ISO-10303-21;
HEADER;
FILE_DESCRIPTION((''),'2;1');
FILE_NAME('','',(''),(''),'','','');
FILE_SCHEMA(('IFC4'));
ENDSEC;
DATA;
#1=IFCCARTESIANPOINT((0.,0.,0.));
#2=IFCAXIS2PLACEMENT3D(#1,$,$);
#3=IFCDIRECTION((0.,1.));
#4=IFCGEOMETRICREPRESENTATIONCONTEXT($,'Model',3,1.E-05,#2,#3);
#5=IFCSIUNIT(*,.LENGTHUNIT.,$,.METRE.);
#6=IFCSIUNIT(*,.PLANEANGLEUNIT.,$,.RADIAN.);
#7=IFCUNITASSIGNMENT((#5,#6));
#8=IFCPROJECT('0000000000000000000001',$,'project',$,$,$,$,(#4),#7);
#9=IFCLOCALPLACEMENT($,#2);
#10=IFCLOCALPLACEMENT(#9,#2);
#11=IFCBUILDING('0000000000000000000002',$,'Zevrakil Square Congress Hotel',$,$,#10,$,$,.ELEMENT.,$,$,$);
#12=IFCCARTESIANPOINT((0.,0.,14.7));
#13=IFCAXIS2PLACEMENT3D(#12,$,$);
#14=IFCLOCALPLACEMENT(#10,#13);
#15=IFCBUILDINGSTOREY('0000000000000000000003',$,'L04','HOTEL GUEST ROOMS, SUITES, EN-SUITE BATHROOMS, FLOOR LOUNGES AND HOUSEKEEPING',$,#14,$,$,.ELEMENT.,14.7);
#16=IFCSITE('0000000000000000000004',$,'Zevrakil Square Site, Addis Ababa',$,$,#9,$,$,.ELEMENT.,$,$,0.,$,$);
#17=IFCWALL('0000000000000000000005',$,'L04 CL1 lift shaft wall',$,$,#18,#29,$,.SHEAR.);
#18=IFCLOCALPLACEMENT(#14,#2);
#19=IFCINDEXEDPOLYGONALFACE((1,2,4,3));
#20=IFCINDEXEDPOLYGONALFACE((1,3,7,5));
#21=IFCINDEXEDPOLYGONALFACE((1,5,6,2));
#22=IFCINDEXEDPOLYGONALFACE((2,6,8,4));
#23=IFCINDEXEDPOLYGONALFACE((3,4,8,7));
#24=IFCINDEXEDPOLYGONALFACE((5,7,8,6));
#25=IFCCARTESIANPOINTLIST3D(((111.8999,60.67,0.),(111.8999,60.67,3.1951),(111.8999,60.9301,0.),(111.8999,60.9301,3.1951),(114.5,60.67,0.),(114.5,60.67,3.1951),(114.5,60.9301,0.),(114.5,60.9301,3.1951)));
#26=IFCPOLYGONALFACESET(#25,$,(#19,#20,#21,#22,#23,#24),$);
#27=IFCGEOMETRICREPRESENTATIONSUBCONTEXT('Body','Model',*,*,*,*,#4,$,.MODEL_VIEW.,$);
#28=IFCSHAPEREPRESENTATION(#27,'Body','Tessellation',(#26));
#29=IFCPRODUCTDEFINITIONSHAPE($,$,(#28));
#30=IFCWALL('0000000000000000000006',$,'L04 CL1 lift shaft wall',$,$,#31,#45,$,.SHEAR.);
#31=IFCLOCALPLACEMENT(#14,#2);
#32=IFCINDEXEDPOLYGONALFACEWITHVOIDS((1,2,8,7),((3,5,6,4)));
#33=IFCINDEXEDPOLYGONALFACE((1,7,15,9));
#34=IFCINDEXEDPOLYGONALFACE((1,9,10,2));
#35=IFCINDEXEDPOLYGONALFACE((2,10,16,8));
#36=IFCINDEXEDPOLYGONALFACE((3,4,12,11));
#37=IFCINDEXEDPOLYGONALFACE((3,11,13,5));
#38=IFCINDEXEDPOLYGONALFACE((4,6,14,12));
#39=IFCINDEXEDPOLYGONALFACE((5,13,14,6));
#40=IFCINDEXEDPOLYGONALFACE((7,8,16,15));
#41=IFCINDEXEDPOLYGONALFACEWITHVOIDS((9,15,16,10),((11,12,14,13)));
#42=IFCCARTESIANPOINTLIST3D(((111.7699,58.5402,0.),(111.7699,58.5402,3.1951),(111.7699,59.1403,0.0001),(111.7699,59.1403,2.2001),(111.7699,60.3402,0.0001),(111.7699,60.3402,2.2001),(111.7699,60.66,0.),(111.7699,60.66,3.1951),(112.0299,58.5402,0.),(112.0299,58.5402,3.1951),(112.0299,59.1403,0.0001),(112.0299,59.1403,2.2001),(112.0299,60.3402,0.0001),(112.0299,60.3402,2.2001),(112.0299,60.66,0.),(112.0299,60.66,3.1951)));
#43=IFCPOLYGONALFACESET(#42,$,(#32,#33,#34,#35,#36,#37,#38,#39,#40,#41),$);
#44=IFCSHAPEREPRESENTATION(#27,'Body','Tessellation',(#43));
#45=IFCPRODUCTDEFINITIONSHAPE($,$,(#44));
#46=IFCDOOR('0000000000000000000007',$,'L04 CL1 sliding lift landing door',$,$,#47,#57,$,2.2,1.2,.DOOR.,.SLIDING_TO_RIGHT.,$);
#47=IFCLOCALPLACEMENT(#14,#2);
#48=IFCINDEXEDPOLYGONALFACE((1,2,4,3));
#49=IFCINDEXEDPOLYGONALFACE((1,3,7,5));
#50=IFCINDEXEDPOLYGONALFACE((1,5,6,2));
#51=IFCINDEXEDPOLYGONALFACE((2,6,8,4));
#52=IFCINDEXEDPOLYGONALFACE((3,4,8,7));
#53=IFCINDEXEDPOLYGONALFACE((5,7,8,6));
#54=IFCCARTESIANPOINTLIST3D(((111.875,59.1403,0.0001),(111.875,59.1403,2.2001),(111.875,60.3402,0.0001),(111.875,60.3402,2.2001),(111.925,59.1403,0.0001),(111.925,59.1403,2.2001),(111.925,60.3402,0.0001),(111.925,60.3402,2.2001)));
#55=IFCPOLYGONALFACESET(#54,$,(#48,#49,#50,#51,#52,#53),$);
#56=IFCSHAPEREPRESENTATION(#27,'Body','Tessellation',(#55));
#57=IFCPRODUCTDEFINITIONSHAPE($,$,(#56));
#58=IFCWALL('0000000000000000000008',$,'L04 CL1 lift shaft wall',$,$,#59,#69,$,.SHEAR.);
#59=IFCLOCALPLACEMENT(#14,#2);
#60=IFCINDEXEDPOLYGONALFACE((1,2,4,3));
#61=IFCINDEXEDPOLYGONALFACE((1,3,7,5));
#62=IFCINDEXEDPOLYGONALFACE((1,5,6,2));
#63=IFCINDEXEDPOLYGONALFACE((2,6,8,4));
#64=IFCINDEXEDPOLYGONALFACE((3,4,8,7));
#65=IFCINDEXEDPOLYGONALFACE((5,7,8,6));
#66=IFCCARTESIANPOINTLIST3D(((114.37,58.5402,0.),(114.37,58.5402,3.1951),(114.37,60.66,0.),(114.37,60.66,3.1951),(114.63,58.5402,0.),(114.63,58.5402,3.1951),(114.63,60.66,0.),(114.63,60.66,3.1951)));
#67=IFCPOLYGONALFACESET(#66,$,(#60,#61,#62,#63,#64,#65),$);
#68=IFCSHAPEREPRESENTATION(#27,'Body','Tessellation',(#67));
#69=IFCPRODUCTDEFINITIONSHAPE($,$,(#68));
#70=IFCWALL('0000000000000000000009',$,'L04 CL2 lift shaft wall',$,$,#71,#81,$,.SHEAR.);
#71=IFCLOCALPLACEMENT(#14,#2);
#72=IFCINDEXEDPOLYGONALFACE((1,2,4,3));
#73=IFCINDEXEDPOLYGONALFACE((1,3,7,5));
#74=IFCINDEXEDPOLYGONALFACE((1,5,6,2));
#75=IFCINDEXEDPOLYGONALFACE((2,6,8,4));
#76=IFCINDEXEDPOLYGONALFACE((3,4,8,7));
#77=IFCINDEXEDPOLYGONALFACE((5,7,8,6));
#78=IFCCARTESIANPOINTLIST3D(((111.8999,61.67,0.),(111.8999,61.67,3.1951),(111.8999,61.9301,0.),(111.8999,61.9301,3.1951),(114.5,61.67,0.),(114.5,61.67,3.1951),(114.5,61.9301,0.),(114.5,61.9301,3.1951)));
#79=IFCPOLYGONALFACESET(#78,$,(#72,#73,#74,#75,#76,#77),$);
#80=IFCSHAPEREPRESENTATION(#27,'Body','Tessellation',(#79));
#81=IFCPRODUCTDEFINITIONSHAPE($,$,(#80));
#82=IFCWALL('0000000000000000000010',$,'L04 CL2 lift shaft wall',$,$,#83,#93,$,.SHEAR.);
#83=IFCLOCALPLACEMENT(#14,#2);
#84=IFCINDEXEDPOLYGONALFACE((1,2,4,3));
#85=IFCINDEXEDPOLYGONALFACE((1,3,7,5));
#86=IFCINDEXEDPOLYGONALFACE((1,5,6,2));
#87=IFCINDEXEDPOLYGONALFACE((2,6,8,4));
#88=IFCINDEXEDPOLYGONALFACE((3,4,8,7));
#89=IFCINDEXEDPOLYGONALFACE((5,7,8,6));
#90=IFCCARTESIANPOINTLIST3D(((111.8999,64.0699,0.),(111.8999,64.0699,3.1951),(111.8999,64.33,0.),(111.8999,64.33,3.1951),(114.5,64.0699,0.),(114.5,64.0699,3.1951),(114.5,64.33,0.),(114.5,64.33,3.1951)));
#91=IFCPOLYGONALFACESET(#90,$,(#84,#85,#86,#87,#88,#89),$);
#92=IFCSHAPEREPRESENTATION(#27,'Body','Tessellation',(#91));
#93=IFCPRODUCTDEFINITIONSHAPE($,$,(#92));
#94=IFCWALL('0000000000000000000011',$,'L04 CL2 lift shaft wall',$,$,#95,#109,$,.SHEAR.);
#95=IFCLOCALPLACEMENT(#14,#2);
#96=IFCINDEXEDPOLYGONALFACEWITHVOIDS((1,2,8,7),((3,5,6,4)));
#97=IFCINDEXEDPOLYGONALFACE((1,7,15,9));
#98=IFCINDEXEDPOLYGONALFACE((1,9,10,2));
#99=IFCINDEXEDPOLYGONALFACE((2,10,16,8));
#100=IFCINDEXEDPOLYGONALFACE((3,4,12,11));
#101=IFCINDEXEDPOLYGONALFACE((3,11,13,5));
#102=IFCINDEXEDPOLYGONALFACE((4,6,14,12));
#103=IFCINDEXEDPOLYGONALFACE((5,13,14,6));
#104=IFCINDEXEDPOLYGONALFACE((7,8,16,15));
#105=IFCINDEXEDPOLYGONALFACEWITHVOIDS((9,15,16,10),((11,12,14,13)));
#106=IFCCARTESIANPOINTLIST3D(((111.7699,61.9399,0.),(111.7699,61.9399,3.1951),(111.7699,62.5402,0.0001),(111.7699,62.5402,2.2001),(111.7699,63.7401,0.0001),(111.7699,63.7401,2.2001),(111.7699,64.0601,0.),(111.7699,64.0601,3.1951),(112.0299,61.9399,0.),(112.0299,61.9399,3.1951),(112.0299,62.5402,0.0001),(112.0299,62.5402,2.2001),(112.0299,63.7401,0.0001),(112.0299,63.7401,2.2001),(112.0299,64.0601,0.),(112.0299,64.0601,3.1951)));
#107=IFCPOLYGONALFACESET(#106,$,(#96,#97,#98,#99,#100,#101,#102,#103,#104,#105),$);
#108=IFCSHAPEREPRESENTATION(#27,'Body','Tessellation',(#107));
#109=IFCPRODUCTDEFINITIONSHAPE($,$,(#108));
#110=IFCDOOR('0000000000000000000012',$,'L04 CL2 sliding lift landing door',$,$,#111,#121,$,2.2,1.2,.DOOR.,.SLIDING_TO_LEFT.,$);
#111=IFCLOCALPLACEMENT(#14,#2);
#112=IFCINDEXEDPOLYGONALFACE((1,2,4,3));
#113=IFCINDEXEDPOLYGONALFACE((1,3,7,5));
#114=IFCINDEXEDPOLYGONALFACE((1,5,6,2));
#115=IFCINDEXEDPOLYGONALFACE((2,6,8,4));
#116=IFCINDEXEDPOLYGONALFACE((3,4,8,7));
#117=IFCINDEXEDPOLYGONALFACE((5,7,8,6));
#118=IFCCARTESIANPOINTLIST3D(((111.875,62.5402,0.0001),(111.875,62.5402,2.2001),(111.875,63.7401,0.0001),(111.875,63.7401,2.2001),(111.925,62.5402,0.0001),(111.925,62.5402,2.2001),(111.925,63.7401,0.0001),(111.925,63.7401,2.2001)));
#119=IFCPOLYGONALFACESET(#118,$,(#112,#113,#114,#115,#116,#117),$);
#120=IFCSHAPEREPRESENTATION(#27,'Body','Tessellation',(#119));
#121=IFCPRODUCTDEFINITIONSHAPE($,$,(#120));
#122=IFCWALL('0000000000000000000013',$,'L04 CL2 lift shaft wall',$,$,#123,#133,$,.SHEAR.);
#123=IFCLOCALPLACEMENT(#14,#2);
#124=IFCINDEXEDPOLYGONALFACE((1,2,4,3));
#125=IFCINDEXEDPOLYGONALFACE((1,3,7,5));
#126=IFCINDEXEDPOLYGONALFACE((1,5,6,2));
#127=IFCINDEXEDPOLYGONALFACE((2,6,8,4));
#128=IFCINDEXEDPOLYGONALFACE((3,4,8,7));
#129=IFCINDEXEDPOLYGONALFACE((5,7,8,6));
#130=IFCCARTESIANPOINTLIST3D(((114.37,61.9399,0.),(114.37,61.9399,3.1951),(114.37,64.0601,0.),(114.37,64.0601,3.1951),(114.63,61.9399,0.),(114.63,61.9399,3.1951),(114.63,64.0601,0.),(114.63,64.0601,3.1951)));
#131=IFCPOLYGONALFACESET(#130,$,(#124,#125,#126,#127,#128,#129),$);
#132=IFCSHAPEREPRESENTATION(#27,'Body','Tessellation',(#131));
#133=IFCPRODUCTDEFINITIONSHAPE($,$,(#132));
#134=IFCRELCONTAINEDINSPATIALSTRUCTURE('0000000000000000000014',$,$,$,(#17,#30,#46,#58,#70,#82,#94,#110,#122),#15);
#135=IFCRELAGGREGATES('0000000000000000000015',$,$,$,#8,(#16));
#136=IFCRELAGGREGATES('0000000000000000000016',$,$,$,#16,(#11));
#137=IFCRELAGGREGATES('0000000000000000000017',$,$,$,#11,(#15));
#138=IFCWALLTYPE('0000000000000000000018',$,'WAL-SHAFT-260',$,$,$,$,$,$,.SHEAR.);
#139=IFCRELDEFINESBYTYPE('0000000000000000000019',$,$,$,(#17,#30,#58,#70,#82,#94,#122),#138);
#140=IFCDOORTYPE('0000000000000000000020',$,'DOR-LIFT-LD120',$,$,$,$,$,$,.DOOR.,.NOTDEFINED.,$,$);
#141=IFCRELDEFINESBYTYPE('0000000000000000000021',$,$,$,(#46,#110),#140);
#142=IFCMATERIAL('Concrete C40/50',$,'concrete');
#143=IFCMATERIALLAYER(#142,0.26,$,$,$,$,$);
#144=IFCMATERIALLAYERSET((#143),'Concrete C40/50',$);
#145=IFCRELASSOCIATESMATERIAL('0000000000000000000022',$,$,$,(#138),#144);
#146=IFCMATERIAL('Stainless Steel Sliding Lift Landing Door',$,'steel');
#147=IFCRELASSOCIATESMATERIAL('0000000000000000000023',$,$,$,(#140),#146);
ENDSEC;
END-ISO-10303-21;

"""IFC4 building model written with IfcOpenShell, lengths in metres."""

from ifc_helpers import new_model, si_unit, direction, frame, frame_2d, origin, place, context, subcontext, project, spatial, rectangle, extrude, material, layer, layer_set, type_object, element, fill, save


model = new_model("IFC4")

# Units and contexts
model_context = context("Model", 3, precision=1e-05, world=origin(), true_north=direction((0.0, 1.0)))
body_context = subcontext(model_context, "Body", "Model", "MODEL_VIEW")
ifc_project = project(units=[si_unit("LENGTHUNIT", "METRE"), si_unit("PLANEANGLEUNIT", "RADIAN")], contexts=[model_context])

# Site, building, storey
site_placement = place(None, origin())
site = spatial("IfcSite", under=ifc_project, at=site_placement, Name="Zevrakil Square Site, Addis Ababa", CompositionType="ELEMENT", RefElevation=0.0)
building_placement = place(site_placement, origin())
building = spatial("IfcBuilding", under=site, at=building_placement, Name="Zevrakil Square Congress Hotel", CompositionType="ELEMENT")
storey_placement = place(building_placement, frame((0.0, 0.0, 14.7)))
storey = spatial("IfcBuildingStorey", under=building, at=storey_placement, Name="L04", Description="HOTEL GUEST ROOMS, SUITES, EN-SUITE BATHROOMS, FLOOR LOUNGES AND HOUSEKEEPING", CompositionType="ELEMENT", Elevation=14.7)

# Wall
ifc_material_1 = material(Name="Concrete C40/50", Category="concrete")
ifc_layer_1 = layer(ifc_material_1, 0.26)
ifc_layer_set_1 = layer_set([ifc_layer_1], Name="Concrete C40/50")
wall_type_1 = type_object("IfcWallType", Name="WAL-SHAFT-260", PredefinedType="SHEAR", material=ifc_layer_set_1)
for number, where, z_axis, x_axis, name in (
    (1, (111.8999, 60.8, 0.0), (0.0, 0.0, 1.0), (1.0, 0.0, 0.0), "L04 CL1 lift shaft wall"),
):
    element("IfcWall", number, at=place(storey_placement, frame(where, z_axis=z_axis, x_axis=x_axis)), inside=storey, type_object=wall_type_1, Name=name, PredefinedType="SHEAR", context=body_context, shape_type="SweptSolid", body=[
        extrude(rectangle(XDim=2.6001, YDim=0.26, at=frame_2d((1.3, 0.0))), origin(), (0.0, 0.0, 1.0), 3.1951),
    ])

# Wall, opening, door
wall_1_placement = place(storey_placement, frame((111.8999, 58.54, 0.0), z_axis=(0.0, 0.0, 1.0), x_axis=(0.0, 1.0, 0.0)))
wall_1 = element("IfcWall", 2, at=wall_1_placement, inside=storey, type_object=wall_type_1, Name="L04 CL1 lift shaft wall", PredefinedType="SHEAR", context=body_context, shape_type="SweptSolid", body=[
    extrude(rectangle(XDim=2.1199, YDim=0.26, at=frame_2d((1.0601, 0.0))), origin(), (0.0, 0.0, 1.0), 3.1951),
])
opening_1_placement = place(wall_1_placement, frame((0.6001, 0.0, 0.0)))
opening_1 = element("IfcOpeningElement", 3, at=opening_1_placement, cuts=wall_1, PredefinedType="OPENING", context=body_context, shape_type="SweptSolid", body=[
    extrude(rectangle(XDim=1.2, YDim=2.2, at=frame_2d((0.6001, 1.1001))), frame((0.0, 0.1401, 0.0), z_axis=(0.0, -1.0, 0.0), x_axis=(1.0, 0.0, 0.0)), (0.0, 0.0, 1.0), 0.28),
])
ifc_material_2 = material(Name="Stainless Steel Sliding Lift Landing Door", Category="steel")
door_type_1 = type_object("IfcDoorType", Name="DOR-LIFT-LD120", OperationType="NOTDEFINED", PredefinedType="DOOR", material=ifc_material_2)
door_1_placement = place(opening_1_placement, origin())
door_1 = element("IfcDoor", 4, at=door_1_placement, inside=storey, type_object=door_type_1, Name="L04 CL1 sliding lift landing door", OperationType="SLIDING_TO_RIGHT", OverallHeight=2.2, OverallWidth=1.2, PredefinedType="DOOR", context=body_context, shape_type="SweptSolid", body=[
    extrude(rectangle(XDim=1.2, YDim=2.2, at=frame_2d((0.6001, 1.1001))), frame((0.0, 0.0249, 0.0), z_axis=(0.0, -1.0, 0.0), x_axis=(1.0, 0.0, 0.0)), (0.0, 0.0, 1.0), 0.05),
])
fill(opening_1, door_1)

# Walls
wall_2_placement = place(storey_placement, frame((114.5, 58.54, 0.0), z_axis=(0.0, 0.0, 1.0), x_axis=(0.0, 1.0, 0.0)))
element("IfcWall", 5, at=wall_2_placement, inside=storey, type_object=wall_type_1, Name="L04 CL1 lift shaft wall", PredefinedType="SHEAR", context=body_context, shape_type="SweptSolid", body=[
    extrude(rectangle(XDim=2.1199, YDim=0.26, at=frame_2d((1.0601, 0.0))), origin(), (0.0, 0.0, 1.0), 3.1951),
])
for number, where, z_axis, x_axis, name in (
    (6, (111.8999, 61.8, 0.0), (0.0, 0.0, 1.0), (1.0, 0.0, 0.0), "L04 CL2 lift shaft wall"),
    (7, (111.8999, 64.2, 0.0), (0.0, 0.0, 1.0), (1.0, 0.0, 0.0), "L04 CL2 lift shaft wall"),
):
    element("IfcWall", number, at=place(storey_placement, frame(where, z_axis=z_axis, x_axis=x_axis)), inside=storey, type_object=wall_type_1, Name=name, PredefinedType="SHEAR", context=body_context, shape_type="SweptSolid", body=[
        extrude(rectangle(XDim=2.6001, YDim=0.26, at=frame_2d((1.3, 0.0))), origin(), (0.0, 0.0, 1.0), 3.1951),
    ])

# Wall, opening, door
wall_3_placement = place(storey_placement, frame((111.8999, 61.9399, 0.0), z_axis=(0.0, 0.0, 1.0), x_axis=(0.0, 1.0, 0.0)))
wall_3 = element("IfcWall", 8, at=wall_3_placement, inside=storey, type_object=wall_type_1, Name="L04 CL2 lift shaft wall", PredefinedType="SHEAR", context=body_context, shape_type="SweptSolid", body=[
    extrude(rectangle(XDim=2.1201, YDim=0.26, at=frame_2d((1.0601, 0.0))), origin(), (0.0, 0.0, 1.0), 3.1951),
])
opening_2_placement = place(wall_3_placement, frame((0.6001, 0.0, 0.0)))
opening_2 = element("IfcOpeningElement", 9, at=opening_2_placement, cuts=wall_3, PredefinedType="OPENING", context=body_context, shape_type="SweptSolid", body=[
    extrude(rectangle(XDim=1.2, YDim=2.2, at=frame_2d((0.6001, 1.1001))), frame((0.0, 0.1401, 0.0), z_axis=(0.0, -1.0, 0.0), x_axis=(1.0, 0.0, 0.0)), (0.0, 0.0, 1.0), 0.28),
])
door_2_placement = place(opening_2_placement, origin())
door_2 = element("IfcDoor", 10, at=door_2_placement, inside=storey, type_object=door_type_1, Name="L04 CL2 sliding lift landing door", OperationType="SLIDING_TO_LEFT", OverallHeight=2.2, OverallWidth=1.2, PredefinedType="DOOR", context=body_context, shape_type="SweptSolid", body=[
    extrude(rectangle(XDim=1.2, YDim=2.2, at=frame_2d((0.6001, 1.1001))), frame((0.0, 0.0249, 0.0), z_axis=(0.0, -1.0, 0.0), x_axis=(1.0, 0.0, 0.0)), (0.0, 0.0, 1.0), 0.05),
])
fill(opening_2, door_2)

# Wall
wall_4_placement = place(storey_placement, frame((114.5, 61.9399, 0.0), z_axis=(0.0, 0.0, 1.0), x_axis=(0.0, 1.0, 0.0)))
element("IfcWall", 11, at=wall_4_placement, inside=storey, type_object=wall_type_1, Name="L04 CL2 lift shaft wall", PredefinedType="SHEAR", context=body_context, shape_type="SweptSolid", body=[
    extrude(rectangle(XDim=2.1201, YDim=0.26, at=frame_2d((1.0601, 0.0))), origin(), (0.0, 0.0, 1.0), 3.1951),
])

save(model, "model.ifc")
